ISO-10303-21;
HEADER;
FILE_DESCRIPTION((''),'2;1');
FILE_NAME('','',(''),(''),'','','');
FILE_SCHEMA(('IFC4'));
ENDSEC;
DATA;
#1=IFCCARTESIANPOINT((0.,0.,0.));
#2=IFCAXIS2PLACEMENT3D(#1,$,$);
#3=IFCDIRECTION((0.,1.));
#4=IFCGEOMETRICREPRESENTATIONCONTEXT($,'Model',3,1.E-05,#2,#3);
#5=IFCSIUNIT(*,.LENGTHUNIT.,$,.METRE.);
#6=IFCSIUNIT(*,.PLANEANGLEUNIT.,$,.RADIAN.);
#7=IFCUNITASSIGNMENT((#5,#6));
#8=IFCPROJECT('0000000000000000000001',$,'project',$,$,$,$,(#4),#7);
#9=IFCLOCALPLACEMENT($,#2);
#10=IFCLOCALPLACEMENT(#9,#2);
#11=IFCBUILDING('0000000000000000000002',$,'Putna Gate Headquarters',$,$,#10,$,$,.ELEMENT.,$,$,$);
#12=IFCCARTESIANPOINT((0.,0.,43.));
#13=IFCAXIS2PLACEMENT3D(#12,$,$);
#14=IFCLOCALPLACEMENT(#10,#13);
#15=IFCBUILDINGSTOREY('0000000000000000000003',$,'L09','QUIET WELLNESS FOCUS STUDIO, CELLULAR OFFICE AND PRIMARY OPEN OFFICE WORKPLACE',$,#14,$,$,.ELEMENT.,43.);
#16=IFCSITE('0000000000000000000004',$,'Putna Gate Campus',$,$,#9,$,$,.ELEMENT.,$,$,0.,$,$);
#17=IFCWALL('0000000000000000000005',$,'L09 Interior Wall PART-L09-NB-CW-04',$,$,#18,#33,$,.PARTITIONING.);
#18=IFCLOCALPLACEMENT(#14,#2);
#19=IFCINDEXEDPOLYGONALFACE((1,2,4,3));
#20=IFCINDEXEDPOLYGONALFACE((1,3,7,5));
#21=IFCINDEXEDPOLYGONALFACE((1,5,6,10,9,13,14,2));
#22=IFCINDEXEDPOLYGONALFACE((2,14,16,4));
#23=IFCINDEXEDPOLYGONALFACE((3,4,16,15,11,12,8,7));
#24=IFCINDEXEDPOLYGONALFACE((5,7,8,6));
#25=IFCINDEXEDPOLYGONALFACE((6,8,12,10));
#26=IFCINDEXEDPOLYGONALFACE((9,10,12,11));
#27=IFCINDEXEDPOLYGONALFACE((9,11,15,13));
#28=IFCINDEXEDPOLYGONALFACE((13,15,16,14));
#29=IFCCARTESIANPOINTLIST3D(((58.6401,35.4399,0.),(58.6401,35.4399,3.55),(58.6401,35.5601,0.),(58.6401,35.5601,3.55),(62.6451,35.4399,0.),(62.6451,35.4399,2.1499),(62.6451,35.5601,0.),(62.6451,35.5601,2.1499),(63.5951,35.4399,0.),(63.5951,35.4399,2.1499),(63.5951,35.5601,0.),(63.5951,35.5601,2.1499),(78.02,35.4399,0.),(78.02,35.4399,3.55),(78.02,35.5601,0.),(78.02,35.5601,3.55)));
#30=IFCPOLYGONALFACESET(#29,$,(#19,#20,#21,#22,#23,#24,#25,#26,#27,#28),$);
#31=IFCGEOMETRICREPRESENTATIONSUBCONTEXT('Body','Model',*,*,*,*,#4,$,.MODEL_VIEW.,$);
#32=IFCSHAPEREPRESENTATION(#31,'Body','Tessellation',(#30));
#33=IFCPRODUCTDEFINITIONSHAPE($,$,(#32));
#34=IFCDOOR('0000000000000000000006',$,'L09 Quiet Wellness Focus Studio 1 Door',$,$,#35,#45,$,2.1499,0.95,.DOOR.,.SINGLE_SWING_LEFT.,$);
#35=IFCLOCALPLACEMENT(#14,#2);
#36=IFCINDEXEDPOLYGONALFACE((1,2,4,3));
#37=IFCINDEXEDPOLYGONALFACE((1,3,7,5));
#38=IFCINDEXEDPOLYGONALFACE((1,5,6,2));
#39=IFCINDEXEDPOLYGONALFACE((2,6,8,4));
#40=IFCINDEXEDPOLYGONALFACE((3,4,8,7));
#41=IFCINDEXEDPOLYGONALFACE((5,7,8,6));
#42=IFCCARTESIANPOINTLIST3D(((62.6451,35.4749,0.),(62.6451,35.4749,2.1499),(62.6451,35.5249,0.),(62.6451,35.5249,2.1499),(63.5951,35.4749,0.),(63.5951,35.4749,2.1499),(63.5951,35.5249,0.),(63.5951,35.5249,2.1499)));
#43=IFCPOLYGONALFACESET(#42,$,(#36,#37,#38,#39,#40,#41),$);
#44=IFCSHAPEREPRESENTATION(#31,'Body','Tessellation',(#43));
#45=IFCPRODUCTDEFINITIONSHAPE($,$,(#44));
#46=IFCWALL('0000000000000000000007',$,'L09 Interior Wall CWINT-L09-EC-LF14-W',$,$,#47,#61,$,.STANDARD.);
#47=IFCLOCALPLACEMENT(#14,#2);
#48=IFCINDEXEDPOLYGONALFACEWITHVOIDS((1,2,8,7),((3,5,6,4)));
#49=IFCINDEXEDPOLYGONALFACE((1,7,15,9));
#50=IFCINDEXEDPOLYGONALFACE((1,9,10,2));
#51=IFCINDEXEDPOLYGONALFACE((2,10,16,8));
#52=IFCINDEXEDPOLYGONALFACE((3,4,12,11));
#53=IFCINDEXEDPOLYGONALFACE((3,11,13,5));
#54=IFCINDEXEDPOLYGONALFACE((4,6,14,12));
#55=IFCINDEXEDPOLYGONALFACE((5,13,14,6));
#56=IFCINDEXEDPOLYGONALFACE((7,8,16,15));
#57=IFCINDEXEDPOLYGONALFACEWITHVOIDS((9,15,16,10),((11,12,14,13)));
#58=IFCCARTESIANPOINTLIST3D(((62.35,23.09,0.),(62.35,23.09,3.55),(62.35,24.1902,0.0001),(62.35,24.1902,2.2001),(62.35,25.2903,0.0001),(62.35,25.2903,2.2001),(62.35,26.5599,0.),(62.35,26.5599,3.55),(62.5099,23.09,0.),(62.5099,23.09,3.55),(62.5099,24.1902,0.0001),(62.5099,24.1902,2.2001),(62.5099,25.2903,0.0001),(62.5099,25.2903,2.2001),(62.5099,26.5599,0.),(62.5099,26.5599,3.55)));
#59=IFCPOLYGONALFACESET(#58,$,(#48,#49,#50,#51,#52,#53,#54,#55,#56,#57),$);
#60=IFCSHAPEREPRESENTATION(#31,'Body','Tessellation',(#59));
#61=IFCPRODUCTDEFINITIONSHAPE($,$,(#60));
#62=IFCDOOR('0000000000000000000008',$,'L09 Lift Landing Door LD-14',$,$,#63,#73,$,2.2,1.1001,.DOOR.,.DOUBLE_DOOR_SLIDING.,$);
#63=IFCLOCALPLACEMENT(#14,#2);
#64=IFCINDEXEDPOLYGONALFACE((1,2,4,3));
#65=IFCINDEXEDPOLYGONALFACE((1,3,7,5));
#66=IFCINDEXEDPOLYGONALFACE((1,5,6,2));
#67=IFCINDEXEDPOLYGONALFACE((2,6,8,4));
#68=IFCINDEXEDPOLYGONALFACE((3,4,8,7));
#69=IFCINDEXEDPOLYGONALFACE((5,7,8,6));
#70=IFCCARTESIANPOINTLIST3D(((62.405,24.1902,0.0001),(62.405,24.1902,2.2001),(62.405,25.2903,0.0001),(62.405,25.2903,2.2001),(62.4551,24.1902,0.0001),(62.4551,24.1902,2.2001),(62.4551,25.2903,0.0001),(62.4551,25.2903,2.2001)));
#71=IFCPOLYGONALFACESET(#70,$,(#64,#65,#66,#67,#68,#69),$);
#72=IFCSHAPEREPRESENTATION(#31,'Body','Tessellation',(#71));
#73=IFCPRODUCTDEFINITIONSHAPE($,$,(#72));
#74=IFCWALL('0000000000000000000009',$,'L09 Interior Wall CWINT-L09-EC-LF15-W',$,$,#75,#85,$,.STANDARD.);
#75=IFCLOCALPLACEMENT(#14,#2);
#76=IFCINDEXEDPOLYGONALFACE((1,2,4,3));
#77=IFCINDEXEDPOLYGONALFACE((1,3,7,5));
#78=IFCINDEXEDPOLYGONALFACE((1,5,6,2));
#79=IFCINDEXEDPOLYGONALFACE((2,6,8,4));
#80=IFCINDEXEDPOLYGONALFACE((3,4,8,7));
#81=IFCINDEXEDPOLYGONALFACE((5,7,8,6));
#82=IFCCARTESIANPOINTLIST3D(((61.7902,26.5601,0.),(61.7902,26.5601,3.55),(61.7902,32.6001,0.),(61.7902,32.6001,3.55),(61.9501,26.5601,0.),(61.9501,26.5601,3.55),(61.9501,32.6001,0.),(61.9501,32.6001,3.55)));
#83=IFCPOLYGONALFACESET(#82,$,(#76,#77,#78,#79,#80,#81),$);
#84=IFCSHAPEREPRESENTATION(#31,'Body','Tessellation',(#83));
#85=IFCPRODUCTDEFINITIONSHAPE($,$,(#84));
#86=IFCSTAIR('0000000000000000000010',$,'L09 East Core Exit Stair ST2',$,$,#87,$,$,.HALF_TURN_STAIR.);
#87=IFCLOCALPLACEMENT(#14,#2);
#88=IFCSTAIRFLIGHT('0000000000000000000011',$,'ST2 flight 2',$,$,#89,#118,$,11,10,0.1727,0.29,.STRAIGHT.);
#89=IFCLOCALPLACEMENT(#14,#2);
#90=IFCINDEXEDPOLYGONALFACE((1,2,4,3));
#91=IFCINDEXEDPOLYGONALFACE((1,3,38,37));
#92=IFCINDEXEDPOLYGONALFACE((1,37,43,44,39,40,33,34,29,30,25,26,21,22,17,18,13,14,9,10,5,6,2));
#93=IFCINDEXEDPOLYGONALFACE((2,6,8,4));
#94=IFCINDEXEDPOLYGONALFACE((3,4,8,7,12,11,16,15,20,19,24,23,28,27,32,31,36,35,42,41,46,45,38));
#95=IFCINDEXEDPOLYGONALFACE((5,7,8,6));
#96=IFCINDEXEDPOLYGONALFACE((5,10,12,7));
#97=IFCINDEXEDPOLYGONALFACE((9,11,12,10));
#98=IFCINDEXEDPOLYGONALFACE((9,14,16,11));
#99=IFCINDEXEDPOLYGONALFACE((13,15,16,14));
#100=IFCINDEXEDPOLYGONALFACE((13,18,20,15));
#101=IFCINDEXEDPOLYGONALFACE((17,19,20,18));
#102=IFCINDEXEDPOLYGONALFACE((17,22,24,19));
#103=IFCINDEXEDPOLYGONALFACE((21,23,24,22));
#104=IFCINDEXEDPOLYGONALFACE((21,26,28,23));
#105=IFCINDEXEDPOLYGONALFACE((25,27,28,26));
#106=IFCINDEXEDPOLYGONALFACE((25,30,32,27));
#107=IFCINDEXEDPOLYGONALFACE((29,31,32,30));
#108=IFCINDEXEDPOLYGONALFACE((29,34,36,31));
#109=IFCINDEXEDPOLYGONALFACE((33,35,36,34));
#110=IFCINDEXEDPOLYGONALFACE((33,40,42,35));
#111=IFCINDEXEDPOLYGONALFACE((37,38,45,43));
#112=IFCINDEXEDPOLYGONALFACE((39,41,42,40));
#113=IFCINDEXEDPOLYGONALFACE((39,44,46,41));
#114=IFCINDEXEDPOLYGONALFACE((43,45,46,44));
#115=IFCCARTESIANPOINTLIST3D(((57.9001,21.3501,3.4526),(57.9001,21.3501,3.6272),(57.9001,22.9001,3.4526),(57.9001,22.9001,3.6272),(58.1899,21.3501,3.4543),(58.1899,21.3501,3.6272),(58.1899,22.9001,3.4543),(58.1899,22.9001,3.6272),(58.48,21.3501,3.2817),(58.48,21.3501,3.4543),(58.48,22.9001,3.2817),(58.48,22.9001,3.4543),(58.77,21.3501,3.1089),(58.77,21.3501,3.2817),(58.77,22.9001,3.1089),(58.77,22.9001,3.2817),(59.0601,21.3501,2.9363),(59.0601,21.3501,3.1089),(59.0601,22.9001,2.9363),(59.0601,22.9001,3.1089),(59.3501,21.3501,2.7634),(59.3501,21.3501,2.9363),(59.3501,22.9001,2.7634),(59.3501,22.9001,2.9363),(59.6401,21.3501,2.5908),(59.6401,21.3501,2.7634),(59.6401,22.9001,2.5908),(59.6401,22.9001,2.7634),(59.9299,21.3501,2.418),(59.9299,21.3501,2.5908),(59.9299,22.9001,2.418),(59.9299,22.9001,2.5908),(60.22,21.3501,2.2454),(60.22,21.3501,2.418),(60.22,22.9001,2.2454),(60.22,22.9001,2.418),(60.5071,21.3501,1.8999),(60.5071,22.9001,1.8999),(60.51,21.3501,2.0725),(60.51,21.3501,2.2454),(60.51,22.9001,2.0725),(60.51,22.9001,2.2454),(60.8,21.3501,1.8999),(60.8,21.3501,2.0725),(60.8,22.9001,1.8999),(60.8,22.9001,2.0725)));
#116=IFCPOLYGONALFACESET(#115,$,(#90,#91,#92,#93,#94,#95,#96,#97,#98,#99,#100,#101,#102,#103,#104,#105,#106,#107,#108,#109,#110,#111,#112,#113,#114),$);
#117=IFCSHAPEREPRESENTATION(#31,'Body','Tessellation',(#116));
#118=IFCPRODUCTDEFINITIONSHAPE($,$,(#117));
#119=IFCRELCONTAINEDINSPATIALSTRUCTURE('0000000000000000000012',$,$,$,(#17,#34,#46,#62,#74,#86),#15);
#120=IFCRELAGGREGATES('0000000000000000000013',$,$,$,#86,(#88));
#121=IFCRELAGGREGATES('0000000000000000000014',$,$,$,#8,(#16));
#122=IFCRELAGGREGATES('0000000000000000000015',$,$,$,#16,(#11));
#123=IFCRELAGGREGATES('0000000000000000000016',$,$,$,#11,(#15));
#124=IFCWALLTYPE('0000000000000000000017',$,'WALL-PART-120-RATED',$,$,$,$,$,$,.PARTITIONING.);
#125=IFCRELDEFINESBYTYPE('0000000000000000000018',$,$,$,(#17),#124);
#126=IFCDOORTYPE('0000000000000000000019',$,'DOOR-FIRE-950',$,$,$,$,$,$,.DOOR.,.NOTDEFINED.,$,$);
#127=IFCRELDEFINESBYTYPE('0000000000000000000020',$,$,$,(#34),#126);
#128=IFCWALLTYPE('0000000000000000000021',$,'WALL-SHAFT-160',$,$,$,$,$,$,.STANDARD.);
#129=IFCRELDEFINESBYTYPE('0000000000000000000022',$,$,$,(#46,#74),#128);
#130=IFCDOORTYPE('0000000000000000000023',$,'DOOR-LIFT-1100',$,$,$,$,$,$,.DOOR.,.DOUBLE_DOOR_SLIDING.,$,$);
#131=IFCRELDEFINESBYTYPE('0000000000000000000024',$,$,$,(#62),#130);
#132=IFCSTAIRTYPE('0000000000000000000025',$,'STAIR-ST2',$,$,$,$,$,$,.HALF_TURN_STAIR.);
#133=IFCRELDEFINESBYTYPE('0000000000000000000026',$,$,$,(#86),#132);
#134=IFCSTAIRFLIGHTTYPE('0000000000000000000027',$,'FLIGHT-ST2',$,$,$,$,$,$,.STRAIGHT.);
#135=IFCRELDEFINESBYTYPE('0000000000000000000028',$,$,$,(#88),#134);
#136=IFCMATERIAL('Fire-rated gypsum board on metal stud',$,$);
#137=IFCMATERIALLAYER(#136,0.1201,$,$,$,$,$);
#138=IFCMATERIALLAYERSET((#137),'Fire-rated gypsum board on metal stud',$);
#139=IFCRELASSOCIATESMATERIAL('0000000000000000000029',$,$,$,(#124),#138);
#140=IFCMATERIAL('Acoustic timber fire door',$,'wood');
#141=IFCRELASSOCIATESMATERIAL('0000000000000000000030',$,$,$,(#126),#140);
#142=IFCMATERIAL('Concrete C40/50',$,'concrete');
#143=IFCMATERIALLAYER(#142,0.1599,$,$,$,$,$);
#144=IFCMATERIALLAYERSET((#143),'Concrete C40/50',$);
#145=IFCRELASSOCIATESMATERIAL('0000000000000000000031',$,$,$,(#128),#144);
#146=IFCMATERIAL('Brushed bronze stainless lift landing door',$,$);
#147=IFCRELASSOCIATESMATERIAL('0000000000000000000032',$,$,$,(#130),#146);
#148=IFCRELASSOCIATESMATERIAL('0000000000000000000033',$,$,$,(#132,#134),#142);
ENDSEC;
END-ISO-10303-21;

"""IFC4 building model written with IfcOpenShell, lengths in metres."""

from ifc_helpers import new_model, si_unit, direction, frame, frame_2d, origin, place, context, subcontext, project, spatial, polyline, rectangle, outline, extrude, material, layer, layer_set, type_object, element, fill, aggregate, save


model = new_model("IFC4")

# Units and contexts
model_context = context("Model", 3, precision=1e-05, world=origin(), true_north=direction((0.0, 1.0)))
body_context = subcontext(model_context, "Body", "Model", "MODEL_VIEW")
ifc_project = project(units=[si_unit("LENGTHUNIT", "METRE"), si_unit("PLANEANGLEUNIT", "RADIAN")], contexts=[model_context])

# Site, building, storey
site_placement = place(None, origin())
site = spatial("IfcSite", under=ifc_project, at=site_placement, Name="Putna Gate Campus", CompositionType="ELEMENT", RefElevation=0.0)
building_placement = place(site_placement, origin())
building = spatial("IfcBuilding", under=site, at=building_placement, Name="Putna Gate Headquarters", CompositionType="ELEMENT")
storey_placement = place(building_placement, frame((0.0, 0.0, 43.0)))
storey = spatial("IfcBuildingStorey", under=building, at=storey_placement, Name="L09", Description="QUIET WELLNESS FOCUS STUDIO, CELLULAR OFFICE AND PRIMARY OPEN OFFICE WORKPLACE", CompositionType="ELEMENT", Elevation=43.0)

# Shared definitions
ifc_material_1 = material(Name="Fire-rated gypsum board on metal stud")
ifc_layer_1 = layer(ifc_material_1, 0.1201)
ifc_layer_set_1 = layer_set([ifc_layer_1], Name="Fire-rated gypsum board on metal stud")
wall_type_1 = type_object("IfcWallType", Name="WALL-PART-120-RATED", PredefinedType="PARTITIONING", material=ifc_layer_set_1)

# Walls, openings, doors
wall_1_placement = place(storey_placement, frame((58.6401, 35.5, 0.0), z_axis=(0.0, 0.0, 1.0), x_axis=(1.0, 0.0, 0.0)))
wall_1 = element("IfcWall", 1, at=wall_1_placement, inside=storey, type_object=wall_type_1, Name="L09 Interior Wall PART-L09-NB-CW-04", PredefinedType="PARTITIONING", context=body_context, shape_type="SweptSolid", body=[
    extrude(rectangle(XDim=19.3799, YDim=0.1201, at=frame_2d((9.6899, 0.0))), origin(), (0.0, 0.0, 1.0), 3.55),
])
opening_1_placement = place(wall_1_placement, frame((4.0049, 0.0, 0.0)))
opening_1 = element("IfcOpeningElement", 2, at=opening_1_placement, cuts=wall_1, PredefinedType="OPENING", context=body_context, shape_type="SweptSolid", body=[
    extrude(rectangle(XDim=0.95, YDim=2.1499, at=frame_2d((0.4751, 1.075))), frame((0.0, 0.0701, 0.0), z_axis=(0.0, -1.0, 0.0), x_axis=(1.0, 0.0, 0.0)), (0.0, 0.0, 1.0), 0.1401),
])
ifc_material_2 = material(Name="Acoustic timber fire door", Category="wood")
door_type_1 = type_object("IfcDoorType", Name="DOOR-FIRE-950", OperationType="NOTDEFINED", PredefinedType="DOOR", material=ifc_material_2)
door_1_placement = place(opening_1_placement, origin())
door_1 = element("IfcDoor", 3, at=door_1_placement, inside=storey, type_object=door_type_1, Name="L09 Quiet Wellness Focus Studio 1 Door", OperationType="SINGLE_SWING_LEFT", OverallHeight=2.1499, OverallWidth=0.95, PredefinedType="DOOR", context=body_context, shape_type="SweptSolid", body=[
    extrude(rectangle(XDim=0.95, YDim=2.1499, at=frame_2d((0.4751, 1.075))), frame((0.0, 0.0249, 0.0), z_axis=(0.0, -1.0, 0.0), x_axis=(1.0, 0.0, 0.0)), (0.0, 0.0, 1.0), 0.05),
])
fill(opening_1, door_1)
ifc_material_3 = material(Name="Concrete C40/50", Category="concrete")
ifc_layer_2 = layer(ifc_material_3, 0.1599)
ifc_layer_set_2 = layer_set([ifc_layer_2], Name="Concrete C40/50")
wall_type_2 = type_object("IfcWallType", Name="WALL-SHAFT-160", PredefinedType="STANDARD", material=ifc_layer_set_2)
wall_2_placement = place(storey_placement, frame((62.4299, 23.0901, 0.0), z_axis=(0.0, 0.0, 1.0), x_axis=(0.0, 1.0, 0.0)))
wall_2 = element("IfcWall", 4, at=wall_2_placement, inside=storey, type_object=wall_type_2, Name="L09 Interior Wall CWINT-L09-EC-LF14-W", PredefinedType="STANDARD", context=body_context, shape_type="SweptSolid", body=[
    extrude(rectangle(XDim=3.47, YDim=0.1599, at=frame_2d((1.7349, 0.0))), origin(), (0.0, 0.0, 1.0), 3.55),
])
opening_2_placement = place(wall_2_placement, frame((1.1001, 0.0, 0.0)))
opening_2 = element("IfcOpeningElement", 5, at=opening_2_placement, cuts=wall_2, PredefinedType="OPENING", context=body_context, shape_type="SweptSolid", body=[
    extrude(rectangle(XDim=1.1001, YDim=2.2, at=frame_2d((0.55, 1.1001))), frame((0.0, 0.0898, 0.0), z_axis=(0.0, -1.0, 0.0), x_axis=(1.0, 0.0, 0.0)), (0.0, 0.0, 1.0), 0.1799),
])
ifc_material_4 = material(Name="Brushed bronze stainless lift landing door")
door_type_2 = type_object("IfcDoorType", Name="DOOR-LIFT-1100", OperationType="DOUBLE_DOOR_SLIDING", PredefinedType="DOOR", material=ifc_material_4)
door_2_placement = place(opening_2_placement, origin())
door_2 = element("IfcDoor", 6, at=door_2_placement, inside=storey, type_object=door_type_2, Name="L09 Lift Landing Door LD-14", OperationType="DOUBLE_DOOR_SLIDING", OverallHeight=2.2, OverallWidth=1.1001, PredefinedType="DOOR", context=body_context, shape_type="SweptSolid", body=[
    extrude(rectangle(XDim=1.1001, YDim=2.2, at=frame_2d((0.55, 1.1001))), frame((0.0, 0.0249, 0.0), z_axis=(0.0, -1.0, 0.0), x_axis=(1.0, 0.0, 0.0)), (0.0, 0.0, 1.0), 0.05),
])
fill(opening_2, door_2)

# Wall
wall_3_placement = place(storey_placement, frame((61.8701, 26.5601, 0.0), z_axis=(0.0, 0.0, 1.0), x_axis=(0.0, 1.0, 0.0)))
element("IfcWall", 7, at=wall_3_placement, inside=storey, type_object=wall_type_2, Name="L09 Interior Wall CWINT-L09-EC-LF15-W", PredefinedType="STANDARD", context=body_context, shape_type="SweptSolid", body=[
    extrude(rectangle(XDim=6.04, YDim=0.1599, at=frame_2d((3.02, 0.0))), origin(), (0.0, 0.0, 1.0), 3.55),
])

# Stair, stair flight
stair_type = type_object("IfcStairType", Name="STAIR-ST2", PredefinedType="HALF_TURN_STAIR", material=ifc_material_3)
stair_placement = place(storey_placement, origin())
stair = element("IfcStair", 8, at=stair_placement, inside=storey, type_object=stair_type, Name="L09 East Core Exit Stair ST2", PredefinedType="HALF_TURN_STAIR")
stair_flight_type = type_object("IfcStairFlightType", Name="FLIGHT-ST2", PredefinedType="STRAIGHT", material=ifc_material_3)
stair_flight_placement = place(storey_placement, frame((60.8, 22.125, 1.8999), z_axis=(0.0, 0.0, 1.0), x_axis=(-1.0, 0.0, 0.0)))
stair_flight = element("IfcStairFlight", 9, at=stair_flight_placement, type_object=stair_flight_type, Name="ST2 flight 2", NumberOfRisers=11, NumberOfTreads=10, PredefinedType="STRAIGHT", RiserHeight=0.1727, TreadLength=0.29, context=body_context, shape_type="SweptSolid", body=[
    extrude(outline(polyline([(0.0, 0.0), (0.0, 0.1726), (0.29, 0.1726), (0.29, 0.3455), (0.5801, 0.3455), (0.5801, 0.5181), (0.8701, 0.5181), (0.8701, 0.6909), (1.1599, 0.6909), (1.1599, 0.8635), (1.45, 0.8635), (1.45, 1.0364), (1.74, 1.0364), (1.74, 1.209), (2.03, 1.209), (2.03, 1.3818), (2.3201, 1.3818), (2.3201, 1.5544), (2.6101, 1.5544), (2.6101, 1.7273), (2.8999, 1.7273), (2.8999, 1.8999), (2.8999, 1.5527), (0.293, 0.0), (0.0, 0.0)])), frame((0.0, 0.7749, 0.0), z_axis=(0.0, -1.0, 0.0), x_axis=(1.0, 0.0, 0.0)), (0.0, 0.0, 1.0), 1.55),
])
aggregate(stair, [stair_flight])

save(model, "model.ifc")
